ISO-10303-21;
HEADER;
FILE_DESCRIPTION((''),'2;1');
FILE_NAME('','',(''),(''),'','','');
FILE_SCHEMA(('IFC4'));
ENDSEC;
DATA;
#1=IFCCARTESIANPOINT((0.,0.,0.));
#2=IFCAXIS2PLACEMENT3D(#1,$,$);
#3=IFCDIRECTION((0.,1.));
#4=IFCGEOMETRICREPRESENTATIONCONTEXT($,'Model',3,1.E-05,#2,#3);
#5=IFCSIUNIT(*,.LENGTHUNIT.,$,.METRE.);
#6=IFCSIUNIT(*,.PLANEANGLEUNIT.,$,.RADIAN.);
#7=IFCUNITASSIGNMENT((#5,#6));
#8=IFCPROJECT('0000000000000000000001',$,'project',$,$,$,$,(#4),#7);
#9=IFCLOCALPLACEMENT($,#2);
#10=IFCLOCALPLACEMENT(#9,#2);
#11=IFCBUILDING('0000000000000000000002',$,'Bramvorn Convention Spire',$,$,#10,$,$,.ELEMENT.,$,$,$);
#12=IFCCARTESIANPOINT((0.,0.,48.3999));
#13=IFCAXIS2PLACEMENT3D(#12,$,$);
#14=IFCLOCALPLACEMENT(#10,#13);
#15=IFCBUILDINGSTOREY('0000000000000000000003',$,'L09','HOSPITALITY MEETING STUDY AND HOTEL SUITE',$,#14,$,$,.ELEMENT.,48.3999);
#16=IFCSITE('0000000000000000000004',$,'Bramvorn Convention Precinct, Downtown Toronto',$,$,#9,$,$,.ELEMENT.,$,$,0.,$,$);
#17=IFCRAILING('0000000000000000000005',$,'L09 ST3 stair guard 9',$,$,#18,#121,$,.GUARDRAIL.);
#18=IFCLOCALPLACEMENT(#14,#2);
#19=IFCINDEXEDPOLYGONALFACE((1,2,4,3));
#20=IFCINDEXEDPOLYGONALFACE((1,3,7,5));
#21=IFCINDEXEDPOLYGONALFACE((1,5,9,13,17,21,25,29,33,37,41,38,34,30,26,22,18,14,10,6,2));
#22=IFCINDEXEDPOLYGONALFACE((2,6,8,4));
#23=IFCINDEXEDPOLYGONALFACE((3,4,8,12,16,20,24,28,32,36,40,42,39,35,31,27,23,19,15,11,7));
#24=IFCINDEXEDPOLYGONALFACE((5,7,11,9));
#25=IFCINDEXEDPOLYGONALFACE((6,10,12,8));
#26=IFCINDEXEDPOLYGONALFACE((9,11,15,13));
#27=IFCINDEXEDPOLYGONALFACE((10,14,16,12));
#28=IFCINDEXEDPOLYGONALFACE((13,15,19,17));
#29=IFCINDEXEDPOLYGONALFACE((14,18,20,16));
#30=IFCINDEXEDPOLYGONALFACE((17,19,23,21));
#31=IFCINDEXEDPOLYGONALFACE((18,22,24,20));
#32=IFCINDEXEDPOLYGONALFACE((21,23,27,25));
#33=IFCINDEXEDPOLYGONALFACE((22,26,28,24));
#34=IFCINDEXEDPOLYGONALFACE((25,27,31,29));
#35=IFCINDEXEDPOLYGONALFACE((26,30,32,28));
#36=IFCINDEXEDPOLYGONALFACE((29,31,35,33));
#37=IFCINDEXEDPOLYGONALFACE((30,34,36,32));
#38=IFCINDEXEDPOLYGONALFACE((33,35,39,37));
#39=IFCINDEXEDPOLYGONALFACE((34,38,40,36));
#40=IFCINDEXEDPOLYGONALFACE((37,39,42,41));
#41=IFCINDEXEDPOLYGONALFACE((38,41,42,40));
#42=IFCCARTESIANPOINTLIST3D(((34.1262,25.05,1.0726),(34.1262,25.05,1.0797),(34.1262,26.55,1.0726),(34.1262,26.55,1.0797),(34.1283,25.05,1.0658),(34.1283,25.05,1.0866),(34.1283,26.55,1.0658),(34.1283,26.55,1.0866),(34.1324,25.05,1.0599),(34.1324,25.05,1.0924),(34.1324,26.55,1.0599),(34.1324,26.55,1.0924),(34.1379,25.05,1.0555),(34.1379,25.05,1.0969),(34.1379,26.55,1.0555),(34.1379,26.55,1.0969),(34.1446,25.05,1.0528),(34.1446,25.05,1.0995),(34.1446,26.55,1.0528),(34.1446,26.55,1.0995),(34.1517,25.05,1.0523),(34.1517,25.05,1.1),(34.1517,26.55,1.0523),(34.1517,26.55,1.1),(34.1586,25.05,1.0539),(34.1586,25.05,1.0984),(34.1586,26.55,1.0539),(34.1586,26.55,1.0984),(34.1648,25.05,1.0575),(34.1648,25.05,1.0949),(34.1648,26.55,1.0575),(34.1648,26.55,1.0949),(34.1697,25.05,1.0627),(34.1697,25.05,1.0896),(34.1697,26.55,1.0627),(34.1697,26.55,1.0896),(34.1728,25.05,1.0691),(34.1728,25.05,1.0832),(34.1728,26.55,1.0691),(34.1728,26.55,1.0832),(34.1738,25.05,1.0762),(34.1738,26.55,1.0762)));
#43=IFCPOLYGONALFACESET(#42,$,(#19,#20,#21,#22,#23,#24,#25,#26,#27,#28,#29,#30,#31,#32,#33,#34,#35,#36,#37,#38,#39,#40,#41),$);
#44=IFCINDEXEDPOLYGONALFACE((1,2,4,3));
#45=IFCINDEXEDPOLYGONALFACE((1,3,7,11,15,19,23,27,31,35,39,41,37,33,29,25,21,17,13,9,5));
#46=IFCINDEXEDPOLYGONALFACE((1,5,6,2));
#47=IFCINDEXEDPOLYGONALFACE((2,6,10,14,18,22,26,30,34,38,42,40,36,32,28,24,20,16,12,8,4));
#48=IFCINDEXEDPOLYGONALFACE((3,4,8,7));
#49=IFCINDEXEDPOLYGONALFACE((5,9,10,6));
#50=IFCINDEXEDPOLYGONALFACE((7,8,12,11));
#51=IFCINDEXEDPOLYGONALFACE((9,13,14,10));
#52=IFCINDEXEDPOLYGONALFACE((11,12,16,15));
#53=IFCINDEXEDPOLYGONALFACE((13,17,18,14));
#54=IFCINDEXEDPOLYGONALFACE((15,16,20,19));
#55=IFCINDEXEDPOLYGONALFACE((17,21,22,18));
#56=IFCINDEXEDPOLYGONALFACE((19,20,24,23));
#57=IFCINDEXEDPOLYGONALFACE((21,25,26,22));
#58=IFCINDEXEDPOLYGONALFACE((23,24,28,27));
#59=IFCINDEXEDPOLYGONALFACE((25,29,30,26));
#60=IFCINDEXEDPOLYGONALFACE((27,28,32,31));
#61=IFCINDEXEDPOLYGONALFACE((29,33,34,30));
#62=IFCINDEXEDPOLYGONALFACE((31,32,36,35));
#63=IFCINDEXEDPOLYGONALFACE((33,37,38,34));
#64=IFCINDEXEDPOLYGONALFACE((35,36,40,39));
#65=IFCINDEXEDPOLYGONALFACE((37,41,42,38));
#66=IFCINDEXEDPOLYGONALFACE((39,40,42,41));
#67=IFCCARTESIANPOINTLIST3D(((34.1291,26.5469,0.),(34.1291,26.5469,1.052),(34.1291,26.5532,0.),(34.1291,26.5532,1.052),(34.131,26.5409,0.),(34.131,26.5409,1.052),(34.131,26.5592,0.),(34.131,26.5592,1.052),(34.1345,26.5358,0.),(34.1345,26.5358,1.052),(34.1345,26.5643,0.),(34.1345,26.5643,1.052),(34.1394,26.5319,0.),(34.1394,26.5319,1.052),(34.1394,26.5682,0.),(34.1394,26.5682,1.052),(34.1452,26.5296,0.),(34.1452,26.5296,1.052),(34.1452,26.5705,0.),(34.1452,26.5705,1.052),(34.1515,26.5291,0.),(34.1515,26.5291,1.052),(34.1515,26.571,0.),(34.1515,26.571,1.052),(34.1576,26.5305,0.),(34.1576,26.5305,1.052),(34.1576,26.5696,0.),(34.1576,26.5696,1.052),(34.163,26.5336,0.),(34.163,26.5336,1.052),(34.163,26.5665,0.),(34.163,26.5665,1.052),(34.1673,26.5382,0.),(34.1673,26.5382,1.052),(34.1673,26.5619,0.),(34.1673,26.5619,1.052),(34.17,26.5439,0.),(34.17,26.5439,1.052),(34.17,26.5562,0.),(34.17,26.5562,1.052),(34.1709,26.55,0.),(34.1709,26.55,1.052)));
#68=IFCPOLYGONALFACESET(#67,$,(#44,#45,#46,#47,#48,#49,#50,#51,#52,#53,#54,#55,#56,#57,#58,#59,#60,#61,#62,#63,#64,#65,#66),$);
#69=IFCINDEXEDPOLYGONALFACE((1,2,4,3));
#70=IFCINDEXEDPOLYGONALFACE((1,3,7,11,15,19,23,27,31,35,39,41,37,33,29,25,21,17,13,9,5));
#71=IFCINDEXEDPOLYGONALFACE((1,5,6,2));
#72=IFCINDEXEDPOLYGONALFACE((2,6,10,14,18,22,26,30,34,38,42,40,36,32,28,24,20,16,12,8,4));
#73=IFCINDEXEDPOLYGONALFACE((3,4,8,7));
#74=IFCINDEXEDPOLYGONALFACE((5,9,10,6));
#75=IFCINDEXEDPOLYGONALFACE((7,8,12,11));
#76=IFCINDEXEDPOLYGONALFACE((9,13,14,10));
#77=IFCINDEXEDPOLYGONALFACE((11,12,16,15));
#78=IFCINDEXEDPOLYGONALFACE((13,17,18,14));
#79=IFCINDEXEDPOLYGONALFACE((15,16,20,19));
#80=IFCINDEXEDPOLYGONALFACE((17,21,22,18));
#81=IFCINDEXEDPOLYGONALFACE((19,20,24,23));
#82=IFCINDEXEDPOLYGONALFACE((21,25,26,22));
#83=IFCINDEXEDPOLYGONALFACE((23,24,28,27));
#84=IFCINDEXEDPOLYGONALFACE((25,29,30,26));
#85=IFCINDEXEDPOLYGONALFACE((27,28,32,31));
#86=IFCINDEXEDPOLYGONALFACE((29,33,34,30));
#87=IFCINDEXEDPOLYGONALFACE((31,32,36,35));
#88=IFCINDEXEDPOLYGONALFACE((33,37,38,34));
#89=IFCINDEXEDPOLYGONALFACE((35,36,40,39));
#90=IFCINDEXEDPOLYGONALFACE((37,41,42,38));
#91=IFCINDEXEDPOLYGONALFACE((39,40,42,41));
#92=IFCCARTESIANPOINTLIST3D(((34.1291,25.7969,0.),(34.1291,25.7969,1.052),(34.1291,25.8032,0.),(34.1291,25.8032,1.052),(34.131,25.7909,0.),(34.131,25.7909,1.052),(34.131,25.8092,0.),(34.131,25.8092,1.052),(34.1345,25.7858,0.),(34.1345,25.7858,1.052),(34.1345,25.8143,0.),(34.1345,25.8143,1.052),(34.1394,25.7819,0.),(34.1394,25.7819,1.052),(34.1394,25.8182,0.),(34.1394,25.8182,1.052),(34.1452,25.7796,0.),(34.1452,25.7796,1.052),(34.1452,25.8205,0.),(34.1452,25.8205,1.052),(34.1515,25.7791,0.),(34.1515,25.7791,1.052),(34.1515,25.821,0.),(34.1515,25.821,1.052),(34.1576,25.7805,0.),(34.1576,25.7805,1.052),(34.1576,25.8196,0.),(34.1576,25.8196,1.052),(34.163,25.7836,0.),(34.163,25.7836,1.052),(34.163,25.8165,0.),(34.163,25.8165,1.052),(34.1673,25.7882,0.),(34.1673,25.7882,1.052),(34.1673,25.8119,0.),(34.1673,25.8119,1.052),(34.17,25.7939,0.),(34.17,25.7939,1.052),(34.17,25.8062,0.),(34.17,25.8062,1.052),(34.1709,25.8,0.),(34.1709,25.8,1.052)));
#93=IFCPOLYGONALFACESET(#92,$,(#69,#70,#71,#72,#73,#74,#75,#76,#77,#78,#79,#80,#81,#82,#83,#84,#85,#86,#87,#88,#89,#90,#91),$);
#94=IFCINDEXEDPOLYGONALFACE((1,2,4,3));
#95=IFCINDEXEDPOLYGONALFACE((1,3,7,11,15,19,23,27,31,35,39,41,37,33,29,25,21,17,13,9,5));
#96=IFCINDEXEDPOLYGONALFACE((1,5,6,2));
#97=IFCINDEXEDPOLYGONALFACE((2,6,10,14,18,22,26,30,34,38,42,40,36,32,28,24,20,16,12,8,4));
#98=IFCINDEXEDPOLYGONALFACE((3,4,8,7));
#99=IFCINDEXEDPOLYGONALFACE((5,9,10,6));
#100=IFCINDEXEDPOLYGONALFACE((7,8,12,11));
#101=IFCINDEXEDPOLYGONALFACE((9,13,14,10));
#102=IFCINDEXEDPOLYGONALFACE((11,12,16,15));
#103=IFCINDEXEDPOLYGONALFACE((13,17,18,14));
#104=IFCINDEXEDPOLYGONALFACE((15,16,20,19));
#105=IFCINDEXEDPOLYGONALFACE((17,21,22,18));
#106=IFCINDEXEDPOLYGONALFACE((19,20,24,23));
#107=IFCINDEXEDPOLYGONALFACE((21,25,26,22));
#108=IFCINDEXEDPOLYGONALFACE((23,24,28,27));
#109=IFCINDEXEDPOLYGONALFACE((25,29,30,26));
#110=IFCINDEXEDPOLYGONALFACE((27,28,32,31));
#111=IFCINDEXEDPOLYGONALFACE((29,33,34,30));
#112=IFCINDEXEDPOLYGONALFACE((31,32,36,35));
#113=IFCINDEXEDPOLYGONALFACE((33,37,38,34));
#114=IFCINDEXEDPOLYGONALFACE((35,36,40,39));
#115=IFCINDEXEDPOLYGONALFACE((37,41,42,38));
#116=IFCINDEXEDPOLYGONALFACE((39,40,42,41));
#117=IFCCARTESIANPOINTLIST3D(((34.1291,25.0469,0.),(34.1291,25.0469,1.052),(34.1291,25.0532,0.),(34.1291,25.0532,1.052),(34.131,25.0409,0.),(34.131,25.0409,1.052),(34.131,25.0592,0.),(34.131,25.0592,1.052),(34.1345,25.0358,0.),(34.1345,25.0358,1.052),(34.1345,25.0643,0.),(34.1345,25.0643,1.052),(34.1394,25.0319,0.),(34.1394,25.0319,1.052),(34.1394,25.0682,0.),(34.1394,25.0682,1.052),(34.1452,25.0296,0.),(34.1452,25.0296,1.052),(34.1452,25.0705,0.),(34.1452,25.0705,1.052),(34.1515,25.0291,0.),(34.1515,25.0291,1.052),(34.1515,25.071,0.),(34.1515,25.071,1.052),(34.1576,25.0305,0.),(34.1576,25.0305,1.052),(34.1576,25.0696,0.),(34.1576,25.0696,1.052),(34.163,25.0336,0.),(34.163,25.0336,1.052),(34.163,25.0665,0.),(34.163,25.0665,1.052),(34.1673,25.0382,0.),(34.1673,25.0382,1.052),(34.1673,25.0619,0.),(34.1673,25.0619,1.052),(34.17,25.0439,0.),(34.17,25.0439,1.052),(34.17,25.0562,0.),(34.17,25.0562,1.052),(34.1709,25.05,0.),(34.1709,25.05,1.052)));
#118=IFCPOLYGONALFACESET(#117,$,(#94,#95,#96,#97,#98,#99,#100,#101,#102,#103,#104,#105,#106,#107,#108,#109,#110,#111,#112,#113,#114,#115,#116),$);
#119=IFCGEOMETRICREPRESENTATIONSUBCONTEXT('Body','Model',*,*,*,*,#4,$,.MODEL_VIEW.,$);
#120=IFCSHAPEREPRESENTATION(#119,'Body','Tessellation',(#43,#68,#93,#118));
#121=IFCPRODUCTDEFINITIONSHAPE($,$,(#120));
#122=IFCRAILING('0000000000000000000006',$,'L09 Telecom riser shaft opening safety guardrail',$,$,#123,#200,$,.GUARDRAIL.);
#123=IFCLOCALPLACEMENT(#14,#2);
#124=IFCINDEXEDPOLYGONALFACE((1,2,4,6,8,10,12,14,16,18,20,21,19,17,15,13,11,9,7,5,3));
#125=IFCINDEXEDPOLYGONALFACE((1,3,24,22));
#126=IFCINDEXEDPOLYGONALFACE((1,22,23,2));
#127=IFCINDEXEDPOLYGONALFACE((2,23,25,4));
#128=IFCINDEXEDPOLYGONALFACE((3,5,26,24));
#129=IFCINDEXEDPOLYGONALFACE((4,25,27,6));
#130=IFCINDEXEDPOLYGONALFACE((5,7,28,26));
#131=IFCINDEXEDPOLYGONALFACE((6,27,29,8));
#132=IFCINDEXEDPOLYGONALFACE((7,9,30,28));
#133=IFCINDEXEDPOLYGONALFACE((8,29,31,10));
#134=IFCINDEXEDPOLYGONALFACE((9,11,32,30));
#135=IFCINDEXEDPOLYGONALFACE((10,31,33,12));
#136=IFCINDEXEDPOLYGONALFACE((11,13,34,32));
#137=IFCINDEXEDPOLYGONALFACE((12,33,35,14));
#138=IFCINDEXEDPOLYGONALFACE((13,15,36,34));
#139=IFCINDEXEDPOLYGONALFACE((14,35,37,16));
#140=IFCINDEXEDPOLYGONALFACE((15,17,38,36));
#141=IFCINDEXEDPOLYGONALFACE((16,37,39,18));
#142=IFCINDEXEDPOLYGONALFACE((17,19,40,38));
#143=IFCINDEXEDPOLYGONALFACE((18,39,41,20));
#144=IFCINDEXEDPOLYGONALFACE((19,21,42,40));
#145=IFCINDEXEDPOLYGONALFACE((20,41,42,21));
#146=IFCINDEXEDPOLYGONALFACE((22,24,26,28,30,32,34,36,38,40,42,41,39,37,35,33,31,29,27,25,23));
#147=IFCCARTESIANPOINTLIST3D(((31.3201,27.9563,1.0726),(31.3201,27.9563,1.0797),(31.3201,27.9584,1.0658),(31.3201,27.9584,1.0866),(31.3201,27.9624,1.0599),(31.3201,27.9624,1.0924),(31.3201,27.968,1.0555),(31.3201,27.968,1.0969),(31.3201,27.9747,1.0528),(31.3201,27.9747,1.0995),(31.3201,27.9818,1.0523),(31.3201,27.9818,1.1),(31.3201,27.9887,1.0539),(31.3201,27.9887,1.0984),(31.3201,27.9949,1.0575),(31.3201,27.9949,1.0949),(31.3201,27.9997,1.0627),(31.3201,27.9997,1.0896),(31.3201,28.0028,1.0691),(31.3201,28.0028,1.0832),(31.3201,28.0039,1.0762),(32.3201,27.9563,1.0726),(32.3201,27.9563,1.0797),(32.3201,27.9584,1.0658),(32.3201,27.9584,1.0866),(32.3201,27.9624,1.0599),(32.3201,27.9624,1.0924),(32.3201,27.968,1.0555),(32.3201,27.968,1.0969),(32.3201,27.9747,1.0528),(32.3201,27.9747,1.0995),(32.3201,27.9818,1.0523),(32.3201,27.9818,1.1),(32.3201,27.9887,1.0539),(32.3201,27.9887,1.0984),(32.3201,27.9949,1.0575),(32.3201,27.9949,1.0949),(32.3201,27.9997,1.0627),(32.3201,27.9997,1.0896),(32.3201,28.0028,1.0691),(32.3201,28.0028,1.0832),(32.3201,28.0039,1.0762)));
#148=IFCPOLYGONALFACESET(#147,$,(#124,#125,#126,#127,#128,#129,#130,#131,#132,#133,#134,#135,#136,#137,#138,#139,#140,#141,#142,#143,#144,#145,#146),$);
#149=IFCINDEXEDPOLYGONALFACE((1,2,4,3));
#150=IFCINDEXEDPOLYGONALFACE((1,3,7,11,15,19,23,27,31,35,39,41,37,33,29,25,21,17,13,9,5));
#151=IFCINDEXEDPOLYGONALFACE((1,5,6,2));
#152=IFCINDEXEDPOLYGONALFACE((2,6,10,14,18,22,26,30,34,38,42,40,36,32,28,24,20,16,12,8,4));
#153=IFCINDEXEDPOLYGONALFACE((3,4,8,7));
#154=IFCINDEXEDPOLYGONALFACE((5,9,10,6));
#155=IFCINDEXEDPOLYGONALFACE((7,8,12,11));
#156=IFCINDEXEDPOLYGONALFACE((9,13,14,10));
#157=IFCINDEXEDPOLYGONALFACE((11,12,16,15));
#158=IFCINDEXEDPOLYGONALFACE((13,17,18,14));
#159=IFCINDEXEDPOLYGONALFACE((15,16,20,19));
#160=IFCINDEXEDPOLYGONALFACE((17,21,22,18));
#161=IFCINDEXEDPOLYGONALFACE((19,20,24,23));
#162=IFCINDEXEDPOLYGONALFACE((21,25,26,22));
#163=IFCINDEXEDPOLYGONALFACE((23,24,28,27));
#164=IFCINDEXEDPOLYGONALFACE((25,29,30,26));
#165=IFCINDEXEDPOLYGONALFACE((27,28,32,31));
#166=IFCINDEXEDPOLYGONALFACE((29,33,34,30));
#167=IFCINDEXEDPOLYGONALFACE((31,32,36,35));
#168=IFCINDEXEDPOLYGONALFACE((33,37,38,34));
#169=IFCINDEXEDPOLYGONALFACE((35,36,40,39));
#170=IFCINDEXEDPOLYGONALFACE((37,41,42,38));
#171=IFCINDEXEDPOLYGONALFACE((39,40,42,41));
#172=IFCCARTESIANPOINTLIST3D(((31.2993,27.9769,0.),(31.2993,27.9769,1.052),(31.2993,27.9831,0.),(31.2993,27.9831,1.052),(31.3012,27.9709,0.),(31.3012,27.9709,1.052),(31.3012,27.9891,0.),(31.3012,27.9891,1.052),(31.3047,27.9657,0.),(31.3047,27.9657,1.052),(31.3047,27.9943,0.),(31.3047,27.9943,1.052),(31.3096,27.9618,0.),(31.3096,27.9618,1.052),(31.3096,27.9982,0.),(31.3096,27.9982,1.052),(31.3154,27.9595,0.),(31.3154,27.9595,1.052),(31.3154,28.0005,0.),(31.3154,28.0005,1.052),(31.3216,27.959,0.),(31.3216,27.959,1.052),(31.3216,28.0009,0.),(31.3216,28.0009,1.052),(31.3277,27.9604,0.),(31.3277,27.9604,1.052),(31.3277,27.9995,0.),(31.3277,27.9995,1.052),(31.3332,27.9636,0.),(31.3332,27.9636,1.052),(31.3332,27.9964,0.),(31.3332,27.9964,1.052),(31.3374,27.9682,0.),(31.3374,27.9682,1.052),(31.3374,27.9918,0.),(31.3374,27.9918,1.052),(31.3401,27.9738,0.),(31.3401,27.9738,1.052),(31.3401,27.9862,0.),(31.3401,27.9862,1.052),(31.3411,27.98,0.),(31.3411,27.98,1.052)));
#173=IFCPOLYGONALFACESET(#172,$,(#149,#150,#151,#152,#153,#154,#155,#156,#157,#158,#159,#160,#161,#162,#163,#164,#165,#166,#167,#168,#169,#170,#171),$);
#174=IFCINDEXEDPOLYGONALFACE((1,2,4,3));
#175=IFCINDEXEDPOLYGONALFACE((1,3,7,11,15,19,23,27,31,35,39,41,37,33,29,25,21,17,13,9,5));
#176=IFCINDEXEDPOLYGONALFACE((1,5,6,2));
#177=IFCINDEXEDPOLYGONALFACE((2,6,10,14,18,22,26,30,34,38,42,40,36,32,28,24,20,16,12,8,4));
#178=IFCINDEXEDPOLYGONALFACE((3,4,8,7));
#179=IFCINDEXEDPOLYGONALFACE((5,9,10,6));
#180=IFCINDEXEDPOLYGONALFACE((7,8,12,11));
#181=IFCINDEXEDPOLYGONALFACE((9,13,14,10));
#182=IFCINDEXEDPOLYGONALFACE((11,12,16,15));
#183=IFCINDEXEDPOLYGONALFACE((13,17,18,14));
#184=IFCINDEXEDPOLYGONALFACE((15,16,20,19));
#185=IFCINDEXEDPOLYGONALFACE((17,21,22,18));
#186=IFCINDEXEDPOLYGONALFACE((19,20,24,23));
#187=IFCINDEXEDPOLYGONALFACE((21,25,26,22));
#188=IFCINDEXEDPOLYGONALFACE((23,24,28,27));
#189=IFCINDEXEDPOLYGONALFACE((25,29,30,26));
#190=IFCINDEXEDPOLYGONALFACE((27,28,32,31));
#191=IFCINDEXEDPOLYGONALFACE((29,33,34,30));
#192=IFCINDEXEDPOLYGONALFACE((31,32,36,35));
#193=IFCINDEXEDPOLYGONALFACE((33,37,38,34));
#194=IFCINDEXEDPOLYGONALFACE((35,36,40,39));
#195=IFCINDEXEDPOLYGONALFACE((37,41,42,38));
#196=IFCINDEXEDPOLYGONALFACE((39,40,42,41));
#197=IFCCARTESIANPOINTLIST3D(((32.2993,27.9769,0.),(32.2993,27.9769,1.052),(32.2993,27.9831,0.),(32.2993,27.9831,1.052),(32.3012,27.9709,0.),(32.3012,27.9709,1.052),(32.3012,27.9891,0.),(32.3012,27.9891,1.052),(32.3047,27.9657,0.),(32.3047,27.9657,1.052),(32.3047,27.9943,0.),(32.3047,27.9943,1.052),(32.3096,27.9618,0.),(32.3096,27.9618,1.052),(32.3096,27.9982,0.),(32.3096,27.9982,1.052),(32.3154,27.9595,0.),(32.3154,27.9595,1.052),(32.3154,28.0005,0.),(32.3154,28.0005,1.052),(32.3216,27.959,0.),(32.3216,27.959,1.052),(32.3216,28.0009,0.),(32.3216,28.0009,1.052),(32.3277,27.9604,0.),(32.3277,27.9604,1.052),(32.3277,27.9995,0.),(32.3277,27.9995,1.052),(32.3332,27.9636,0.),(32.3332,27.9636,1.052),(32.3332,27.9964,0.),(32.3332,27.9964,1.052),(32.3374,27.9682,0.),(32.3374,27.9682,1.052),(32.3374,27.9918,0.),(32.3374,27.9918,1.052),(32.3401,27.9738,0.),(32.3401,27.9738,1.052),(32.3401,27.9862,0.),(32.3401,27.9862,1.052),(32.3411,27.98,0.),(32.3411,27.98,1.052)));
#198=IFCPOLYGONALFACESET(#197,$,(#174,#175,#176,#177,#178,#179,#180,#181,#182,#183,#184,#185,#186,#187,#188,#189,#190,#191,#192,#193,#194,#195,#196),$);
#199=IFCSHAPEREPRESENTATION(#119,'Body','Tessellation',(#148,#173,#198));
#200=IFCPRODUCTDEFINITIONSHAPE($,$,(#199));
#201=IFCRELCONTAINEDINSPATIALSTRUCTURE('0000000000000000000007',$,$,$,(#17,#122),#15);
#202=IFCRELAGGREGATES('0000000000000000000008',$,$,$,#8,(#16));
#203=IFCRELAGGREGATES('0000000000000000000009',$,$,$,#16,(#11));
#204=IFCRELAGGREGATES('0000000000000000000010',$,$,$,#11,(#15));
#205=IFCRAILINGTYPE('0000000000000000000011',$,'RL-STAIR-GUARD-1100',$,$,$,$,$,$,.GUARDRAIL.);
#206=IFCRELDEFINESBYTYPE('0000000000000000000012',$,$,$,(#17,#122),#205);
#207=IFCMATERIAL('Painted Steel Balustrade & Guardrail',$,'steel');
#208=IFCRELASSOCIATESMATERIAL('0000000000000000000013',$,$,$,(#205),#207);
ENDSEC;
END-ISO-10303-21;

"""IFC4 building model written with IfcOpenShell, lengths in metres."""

from ifc_helpers import new_model, si_unit, direction, frame, origin, origin_2d, place, context, subcontext, project, spatial, circle, extrude, material, type_object, element, save


model = new_model("IFC4")

# Units and contexts
model_context = context("Model", 3, precision=1e-05, world=origin(), true_north=direction((0.0, 1.0)))
body_context = subcontext(model_context, "Body", "Model", "MODEL_VIEW")
ifc_project = project(units=[si_unit("LENGTHUNIT", "METRE"), si_unit("PLANEANGLEUNIT", "RADIAN")], contexts=[model_context])

# Site, building, storey
site_placement = place(None, origin())
site = spatial("IfcSite", under=ifc_project, at=site_placement, Name="Bramvorn Convention Precinct, Downtown Toronto", CompositionType="ELEMENT", RefElevation=0.0)
building_placement = place(site_placement, origin())
building = spatial("IfcBuilding", under=site, at=building_placement, Name="Bramvorn Convention Spire", CompositionType="ELEMENT")
storey_placement = place(building_placement, frame((0.0, 0.0, 48.3999)))
storey = spatial("IfcBuildingStorey", under=building, at=storey_placement, Name="L09", Description="HOSPITALITY MEETING STUDY AND HOTEL SUITE", CompositionType="ELEMENT", Elevation=48.3999)

# Railings
ifc_material_1 = material(Name="Painted Steel Balustrade & Guardrail", Category="steel")
railing_type = type_object("IfcRailingType", Name="RL-STAIR-GUARD-1100", PredefinedType="GUARDRAIL", material=ifc_material_1)
for number, where, name in (
    (1, (34.1499, 26.55, 0.0), "L09 ST3 stair guard 9"),
):
    element("IfcRailing", number, at=place(storey_placement, frame(where)), inside=storey, type_object=railing_type, Name=name, PredefinedType="GUARDRAIL", context=body_context, shape_type="SweptSolid", body=[
        extrude(circle(Radius=0.0239, at=origin_2d()), frame((0.0, 0.0, 1.0762), z_axis=(0.0, -1.0, 0.0), x_axis=(1.0, 0.0, 0.0)), (0.0, 0.0, 1.0), 1.5),
        extrude(circle(Radius=0.021, at=origin_2d()), origin(), (0.0, 0.0, 1.0), 1.052),
        extrude(circle(Radius=0.021, at=origin_2d()), frame((0.0, -0.75, 0.0)), (0.0, 0.0, 1.0), 1.052),
        extrude(circle(Radius=0.021, at=origin_2d()), frame((0.0, -1.5, 0.0)), (0.0, 0.0, 1.0), 1.052),
    ])
railing_1_placement = place(storey_placement, frame((31.3201, 27.98, 0.0)))
element("IfcRailing", 2, at=railing_1_placement, inside=storey, type_object=railing_type, Name="L09 Telecom riser shaft opening safety guardrail", PredefinedType="GUARDRAIL", context=body_context, shape_type="SweptSolid", body=[
    extrude(circle(Radius=0.0239, at=origin_2d()), frame((0.0, 0.0, 1.0762), z_axis=(1.0, 0.0, 0.0), x_axis=(0.0, 1.0, 0.0)), (0.0, 0.0, 1.0), 1.0),
    extrude(circle(Radius=0.021, at=origin_2d()), origin(), (0.0, 0.0, 1.0), 1.052),
    extrude(circle(Radius=0.021, at=origin_2d()), frame((1.0, 0.0, 0.0)), (0.0, 0.0, 1.0), 1.052),
])

save(model, "model.ifc")
